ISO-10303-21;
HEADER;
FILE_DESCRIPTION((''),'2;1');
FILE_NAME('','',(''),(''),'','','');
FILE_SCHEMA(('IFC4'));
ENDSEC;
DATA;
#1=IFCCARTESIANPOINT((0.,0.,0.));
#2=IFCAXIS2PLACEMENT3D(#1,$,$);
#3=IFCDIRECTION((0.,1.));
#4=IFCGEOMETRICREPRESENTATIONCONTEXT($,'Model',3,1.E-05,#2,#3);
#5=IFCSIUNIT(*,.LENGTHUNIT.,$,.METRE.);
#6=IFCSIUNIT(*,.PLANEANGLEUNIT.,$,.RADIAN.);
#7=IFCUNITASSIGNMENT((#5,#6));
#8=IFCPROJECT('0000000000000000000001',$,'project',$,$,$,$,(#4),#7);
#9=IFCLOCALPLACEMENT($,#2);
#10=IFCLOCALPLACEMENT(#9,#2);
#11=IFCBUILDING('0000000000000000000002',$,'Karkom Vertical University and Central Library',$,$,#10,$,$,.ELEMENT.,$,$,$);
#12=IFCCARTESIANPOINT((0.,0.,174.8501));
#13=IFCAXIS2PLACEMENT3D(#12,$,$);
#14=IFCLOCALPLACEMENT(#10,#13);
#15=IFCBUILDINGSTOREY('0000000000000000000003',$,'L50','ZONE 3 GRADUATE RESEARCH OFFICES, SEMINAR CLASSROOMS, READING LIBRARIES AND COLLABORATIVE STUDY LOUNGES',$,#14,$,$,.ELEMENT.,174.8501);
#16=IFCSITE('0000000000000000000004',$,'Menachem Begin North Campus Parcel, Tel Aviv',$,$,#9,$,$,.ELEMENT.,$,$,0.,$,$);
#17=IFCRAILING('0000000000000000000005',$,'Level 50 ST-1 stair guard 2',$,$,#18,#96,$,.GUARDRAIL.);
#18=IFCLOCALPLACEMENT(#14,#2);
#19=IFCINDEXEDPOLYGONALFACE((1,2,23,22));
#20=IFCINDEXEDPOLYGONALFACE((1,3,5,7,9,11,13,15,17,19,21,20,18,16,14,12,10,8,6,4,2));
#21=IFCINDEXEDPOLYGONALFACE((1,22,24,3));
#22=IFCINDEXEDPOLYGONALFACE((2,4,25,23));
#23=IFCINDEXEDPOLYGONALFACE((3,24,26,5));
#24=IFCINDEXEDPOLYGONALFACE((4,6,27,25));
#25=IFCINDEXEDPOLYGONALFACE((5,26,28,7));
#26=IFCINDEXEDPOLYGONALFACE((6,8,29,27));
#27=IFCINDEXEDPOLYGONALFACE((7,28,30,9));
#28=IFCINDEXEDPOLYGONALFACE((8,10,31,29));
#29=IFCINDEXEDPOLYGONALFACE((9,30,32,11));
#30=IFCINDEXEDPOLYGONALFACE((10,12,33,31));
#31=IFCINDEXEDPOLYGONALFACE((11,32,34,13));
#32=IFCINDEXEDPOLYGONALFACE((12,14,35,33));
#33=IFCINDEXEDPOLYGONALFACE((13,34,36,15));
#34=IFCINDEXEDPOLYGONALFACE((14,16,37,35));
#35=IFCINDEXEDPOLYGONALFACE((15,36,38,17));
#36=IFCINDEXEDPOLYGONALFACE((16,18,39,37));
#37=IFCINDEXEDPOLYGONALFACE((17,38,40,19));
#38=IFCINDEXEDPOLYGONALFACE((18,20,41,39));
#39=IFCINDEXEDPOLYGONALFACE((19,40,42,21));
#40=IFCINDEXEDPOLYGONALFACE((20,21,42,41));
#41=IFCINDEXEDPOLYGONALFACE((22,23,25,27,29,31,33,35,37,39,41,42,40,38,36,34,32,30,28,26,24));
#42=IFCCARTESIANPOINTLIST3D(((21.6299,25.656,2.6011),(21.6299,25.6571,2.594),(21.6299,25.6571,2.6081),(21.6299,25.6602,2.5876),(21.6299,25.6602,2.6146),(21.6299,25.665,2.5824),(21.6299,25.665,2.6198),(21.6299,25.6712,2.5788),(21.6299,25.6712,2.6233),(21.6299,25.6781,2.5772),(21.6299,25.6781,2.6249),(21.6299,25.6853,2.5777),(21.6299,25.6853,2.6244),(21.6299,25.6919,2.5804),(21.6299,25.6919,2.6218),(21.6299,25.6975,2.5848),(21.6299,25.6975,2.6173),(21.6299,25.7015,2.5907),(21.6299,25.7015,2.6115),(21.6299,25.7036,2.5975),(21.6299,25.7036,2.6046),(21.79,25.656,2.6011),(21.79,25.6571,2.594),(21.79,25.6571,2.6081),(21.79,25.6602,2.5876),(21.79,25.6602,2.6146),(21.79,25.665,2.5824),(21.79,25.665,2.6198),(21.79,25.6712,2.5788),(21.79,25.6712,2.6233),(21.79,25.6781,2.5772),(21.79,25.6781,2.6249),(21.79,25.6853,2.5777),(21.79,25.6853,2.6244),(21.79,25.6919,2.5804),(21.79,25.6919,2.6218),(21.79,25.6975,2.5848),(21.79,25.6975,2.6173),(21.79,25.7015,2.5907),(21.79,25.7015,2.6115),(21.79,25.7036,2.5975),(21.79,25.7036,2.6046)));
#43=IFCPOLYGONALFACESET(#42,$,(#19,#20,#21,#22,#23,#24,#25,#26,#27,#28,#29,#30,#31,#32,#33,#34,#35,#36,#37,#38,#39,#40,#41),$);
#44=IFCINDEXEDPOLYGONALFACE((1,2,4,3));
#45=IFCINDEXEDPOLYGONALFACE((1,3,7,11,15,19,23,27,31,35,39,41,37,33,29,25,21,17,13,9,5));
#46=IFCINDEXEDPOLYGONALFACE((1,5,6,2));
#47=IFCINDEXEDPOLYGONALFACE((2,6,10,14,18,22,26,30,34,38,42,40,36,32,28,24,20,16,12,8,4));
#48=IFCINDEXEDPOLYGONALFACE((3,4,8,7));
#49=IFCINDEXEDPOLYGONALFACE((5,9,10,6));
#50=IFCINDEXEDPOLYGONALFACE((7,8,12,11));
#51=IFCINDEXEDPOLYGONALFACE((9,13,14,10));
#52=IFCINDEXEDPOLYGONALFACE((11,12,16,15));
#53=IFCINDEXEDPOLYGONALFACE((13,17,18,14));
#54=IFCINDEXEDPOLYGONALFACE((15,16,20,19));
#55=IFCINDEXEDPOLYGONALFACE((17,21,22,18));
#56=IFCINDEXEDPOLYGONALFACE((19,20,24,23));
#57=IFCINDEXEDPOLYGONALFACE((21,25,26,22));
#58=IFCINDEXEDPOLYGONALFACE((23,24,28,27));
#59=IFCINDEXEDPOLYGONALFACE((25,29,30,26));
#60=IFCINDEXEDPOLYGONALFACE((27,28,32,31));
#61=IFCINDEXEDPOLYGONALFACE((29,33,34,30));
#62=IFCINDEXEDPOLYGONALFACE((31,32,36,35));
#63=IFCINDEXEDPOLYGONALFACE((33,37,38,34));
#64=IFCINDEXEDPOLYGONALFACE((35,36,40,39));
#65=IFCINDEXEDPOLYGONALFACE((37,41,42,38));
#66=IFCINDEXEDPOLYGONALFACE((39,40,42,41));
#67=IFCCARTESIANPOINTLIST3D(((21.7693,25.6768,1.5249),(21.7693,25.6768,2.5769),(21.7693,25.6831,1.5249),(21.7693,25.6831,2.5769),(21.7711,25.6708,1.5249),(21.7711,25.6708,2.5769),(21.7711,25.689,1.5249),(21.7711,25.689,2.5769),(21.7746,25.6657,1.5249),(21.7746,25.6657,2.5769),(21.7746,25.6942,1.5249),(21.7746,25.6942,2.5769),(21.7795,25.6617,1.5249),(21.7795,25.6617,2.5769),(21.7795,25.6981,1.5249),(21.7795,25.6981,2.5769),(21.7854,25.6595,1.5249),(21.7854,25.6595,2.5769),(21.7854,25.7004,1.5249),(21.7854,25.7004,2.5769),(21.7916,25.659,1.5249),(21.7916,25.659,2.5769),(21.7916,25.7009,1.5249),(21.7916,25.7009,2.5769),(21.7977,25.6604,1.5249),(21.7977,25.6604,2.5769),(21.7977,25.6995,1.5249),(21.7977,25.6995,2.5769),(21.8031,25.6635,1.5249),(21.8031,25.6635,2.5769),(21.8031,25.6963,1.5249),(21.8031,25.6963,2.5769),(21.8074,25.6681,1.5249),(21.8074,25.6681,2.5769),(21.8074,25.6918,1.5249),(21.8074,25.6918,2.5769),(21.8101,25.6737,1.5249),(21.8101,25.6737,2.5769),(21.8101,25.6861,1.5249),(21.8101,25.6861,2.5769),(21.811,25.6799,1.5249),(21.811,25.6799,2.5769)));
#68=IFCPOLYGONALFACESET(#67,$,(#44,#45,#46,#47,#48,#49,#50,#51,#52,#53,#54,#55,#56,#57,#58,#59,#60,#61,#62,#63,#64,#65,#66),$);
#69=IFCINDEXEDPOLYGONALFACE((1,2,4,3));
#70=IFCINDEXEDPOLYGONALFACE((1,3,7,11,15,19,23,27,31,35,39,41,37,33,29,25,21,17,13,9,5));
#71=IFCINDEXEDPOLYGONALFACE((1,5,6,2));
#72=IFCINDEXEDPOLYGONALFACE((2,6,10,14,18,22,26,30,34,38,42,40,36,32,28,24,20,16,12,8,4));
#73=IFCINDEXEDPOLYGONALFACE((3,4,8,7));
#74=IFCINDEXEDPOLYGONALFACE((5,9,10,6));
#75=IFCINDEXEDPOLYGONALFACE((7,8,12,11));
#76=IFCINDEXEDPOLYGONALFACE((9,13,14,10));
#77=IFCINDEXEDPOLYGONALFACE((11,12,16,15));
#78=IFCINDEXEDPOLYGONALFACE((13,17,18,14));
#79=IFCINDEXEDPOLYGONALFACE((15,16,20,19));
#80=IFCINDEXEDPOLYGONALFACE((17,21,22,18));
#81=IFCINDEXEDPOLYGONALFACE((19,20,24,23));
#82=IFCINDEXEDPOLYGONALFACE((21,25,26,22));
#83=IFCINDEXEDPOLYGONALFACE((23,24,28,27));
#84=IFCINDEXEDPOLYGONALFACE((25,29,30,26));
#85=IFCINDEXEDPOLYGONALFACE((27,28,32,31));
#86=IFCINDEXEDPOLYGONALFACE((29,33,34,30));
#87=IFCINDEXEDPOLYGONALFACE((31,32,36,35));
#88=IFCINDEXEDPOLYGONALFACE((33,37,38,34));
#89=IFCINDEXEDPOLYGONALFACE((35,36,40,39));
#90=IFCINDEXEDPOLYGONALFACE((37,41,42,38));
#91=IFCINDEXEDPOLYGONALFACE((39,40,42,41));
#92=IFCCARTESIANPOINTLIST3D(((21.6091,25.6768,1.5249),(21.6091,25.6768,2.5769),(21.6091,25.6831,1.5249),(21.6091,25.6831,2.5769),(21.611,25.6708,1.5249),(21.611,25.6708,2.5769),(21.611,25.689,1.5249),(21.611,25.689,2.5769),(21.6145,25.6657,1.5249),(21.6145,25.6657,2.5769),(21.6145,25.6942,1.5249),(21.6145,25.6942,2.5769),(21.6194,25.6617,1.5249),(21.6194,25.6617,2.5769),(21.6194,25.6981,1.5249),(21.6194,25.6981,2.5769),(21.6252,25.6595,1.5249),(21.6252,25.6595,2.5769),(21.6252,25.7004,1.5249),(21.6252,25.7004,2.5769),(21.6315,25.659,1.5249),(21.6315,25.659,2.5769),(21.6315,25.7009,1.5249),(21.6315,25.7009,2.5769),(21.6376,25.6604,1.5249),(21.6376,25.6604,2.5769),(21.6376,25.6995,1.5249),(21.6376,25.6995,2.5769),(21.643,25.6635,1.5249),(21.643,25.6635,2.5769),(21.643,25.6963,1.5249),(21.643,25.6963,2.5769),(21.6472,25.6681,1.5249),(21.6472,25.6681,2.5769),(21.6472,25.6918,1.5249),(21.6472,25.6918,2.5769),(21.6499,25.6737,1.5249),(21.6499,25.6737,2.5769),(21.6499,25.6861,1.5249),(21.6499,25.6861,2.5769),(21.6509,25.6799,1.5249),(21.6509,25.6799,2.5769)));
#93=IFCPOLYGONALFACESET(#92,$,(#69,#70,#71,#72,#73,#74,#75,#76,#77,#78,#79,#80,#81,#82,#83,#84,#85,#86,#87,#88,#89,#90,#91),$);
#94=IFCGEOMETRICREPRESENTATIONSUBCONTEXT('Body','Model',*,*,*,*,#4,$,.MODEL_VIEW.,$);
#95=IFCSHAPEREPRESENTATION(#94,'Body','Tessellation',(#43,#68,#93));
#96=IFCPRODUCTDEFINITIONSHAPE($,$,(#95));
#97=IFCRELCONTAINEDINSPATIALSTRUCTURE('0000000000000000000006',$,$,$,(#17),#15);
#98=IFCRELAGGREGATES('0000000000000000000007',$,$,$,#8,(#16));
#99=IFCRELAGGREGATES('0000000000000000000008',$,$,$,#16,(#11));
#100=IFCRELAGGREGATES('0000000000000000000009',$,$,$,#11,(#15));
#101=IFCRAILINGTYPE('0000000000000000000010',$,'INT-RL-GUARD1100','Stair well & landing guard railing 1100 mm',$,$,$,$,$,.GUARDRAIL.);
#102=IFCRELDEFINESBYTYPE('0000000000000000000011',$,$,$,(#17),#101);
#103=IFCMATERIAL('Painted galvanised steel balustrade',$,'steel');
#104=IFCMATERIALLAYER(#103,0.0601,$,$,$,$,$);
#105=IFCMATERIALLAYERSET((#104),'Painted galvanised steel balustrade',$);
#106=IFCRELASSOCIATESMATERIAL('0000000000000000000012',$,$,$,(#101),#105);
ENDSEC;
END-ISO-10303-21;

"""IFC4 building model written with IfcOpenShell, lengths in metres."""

from ifc_helpers import new_model, si_unit, direction, frame, origin, origin_2d, place, context, subcontext, project, spatial, circle, extrude, material, layer, layer_set, type_object, element, save


model = new_model("IFC4")

# Units and contexts
model_context = context("Model", 3, precision=1e-05, world=origin(), true_north=direction((0.0, 1.0)))
body_context = subcontext(model_context, "Body", "Model", "MODEL_VIEW")
ifc_project = project(units=[si_unit("LENGTHUNIT", "METRE"), si_unit("PLANEANGLEUNIT", "RADIAN")], contexts=[model_context])

# Site, building, storey
site_placement = place(None, origin())
site = spatial("IfcSite", under=ifc_project, at=site_placement, Name="Menachem Begin North Campus Parcel, Tel Aviv", CompositionType="ELEMENT", RefElevation=0.0)
building_placement = place(site_placement, origin())
building = spatial("IfcBuilding", under=site, at=building_placement, Name="Karkom Vertical University and Central Library", CompositionType="ELEMENT")
storey_placement = place(building_placement, frame((0.0, 0.0, 174.8501)))
storey = spatial("IfcBuildingStorey", under=building, at=storey_placement, Name="L50", Description="ZONE 3 GRADUATE RESEARCH OFFICES, SEMINAR CLASSROOMS, READING LIBRARIES AND COLLABORATIVE STUDY LOUNGES", CompositionType="ELEMENT", Elevation=174.8501)

# Railing
ifc_material_1 = material(Name="Painted galvanised steel balustrade", Category="steel")
ifc_layer_1 = layer(ifc_material_1, 0.0601)
ifc_layer_set_1 = layer_set([ifc_layer_1], Name="Painted galvanised steel balustrade")
railing_type = type_object("IfcRailingType", Name="INT-RL-GUARD1100", Description="Stair well & landing guard railing 1100 mm", PredefinedType="GUARDRAIL", material=ifc_layer_set_1)
railing_placement = place(storey_placement, frame((21.79, 25.6799, 1.5249)))
element("IfcRailing", 1, at=railing_placement, inside=storey, type_object=railing_type, Name="Level 50 ST-1 stair guard 2", PredefinedType="GUARDRAIL", context=body_context, shape_type="SweptSolid", body=[
    extrude(circle(Radius=0.0239, at=origin_2d()), frame((0.0, 0.0, 1.0762), z_axis=(-1.0, 0.0, 0.0), x_axis=(0.0, -1.0, 0.0)), (0.0, 0.0, 1.0), 0.1602),
    extrude(circle(Radius=0.021, at=origin_2d()), origin(), (0.0, 0.0, 1.0), 1.052),
    extrude(circle(Radius=0.021, at=origin_2d()), frame((-0.1602, 0.0, 0.0)), (0.0, 0.0, 1.0), 1.052),
])

save(model, "model.ifc")
